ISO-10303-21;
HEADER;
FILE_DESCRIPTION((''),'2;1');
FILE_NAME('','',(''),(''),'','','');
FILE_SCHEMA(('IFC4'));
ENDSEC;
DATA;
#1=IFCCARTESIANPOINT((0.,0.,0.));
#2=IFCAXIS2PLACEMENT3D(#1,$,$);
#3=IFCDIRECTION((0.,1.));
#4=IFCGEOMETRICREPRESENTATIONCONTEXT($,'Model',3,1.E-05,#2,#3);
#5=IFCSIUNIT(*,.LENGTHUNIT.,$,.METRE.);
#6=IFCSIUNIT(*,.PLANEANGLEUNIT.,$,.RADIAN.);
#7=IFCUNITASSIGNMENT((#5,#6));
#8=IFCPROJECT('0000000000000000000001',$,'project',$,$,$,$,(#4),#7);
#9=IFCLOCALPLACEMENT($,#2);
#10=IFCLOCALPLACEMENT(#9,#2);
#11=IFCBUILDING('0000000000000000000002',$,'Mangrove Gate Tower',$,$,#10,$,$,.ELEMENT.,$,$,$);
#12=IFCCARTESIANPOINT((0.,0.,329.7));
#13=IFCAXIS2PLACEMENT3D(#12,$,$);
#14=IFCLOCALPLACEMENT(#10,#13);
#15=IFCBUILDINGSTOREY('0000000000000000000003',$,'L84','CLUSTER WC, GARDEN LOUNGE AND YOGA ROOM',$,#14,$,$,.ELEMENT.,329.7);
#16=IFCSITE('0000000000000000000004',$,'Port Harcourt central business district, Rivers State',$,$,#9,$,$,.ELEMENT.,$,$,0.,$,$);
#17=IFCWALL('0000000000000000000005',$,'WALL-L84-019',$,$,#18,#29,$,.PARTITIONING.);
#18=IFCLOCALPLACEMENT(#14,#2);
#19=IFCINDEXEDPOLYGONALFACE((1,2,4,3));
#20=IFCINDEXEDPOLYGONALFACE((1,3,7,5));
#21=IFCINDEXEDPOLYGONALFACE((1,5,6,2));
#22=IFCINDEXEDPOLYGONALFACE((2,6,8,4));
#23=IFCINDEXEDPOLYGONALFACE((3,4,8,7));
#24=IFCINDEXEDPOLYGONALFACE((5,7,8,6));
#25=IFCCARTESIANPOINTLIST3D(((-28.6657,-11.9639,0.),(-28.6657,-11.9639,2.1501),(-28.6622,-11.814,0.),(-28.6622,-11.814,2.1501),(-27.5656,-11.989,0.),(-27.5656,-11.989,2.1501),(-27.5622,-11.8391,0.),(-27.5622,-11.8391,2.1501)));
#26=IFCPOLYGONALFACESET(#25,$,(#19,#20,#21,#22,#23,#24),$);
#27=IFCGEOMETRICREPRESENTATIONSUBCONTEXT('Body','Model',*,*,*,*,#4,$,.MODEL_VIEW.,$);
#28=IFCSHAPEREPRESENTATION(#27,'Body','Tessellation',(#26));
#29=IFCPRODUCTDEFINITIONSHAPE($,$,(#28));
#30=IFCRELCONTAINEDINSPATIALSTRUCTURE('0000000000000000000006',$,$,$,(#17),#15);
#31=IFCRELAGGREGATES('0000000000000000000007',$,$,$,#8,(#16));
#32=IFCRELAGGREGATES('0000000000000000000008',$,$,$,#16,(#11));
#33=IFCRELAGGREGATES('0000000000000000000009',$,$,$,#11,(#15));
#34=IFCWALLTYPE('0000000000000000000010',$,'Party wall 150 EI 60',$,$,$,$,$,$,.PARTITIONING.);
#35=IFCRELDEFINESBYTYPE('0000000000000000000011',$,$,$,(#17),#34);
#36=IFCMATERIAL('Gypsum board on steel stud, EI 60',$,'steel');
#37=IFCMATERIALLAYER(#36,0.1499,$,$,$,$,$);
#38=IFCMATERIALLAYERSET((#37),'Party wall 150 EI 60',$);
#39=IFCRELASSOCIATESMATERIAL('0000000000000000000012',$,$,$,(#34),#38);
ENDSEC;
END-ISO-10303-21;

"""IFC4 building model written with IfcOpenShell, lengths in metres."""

from ifc_helpers import new_model, si_unit, direction, frame, frame_2d, origin, place, context, subcontext, project, spatial, rectangle, extrude, material, layer, layer_set, type_object, element, save


model = new_model("IFC4")

# Units and contexts
model_context = context("Model", 3, precision=1e-05, world=origin(), true_north=direction((0.0, 1.0)))
body_context = subcontext(model_context, "Body", "Model", "MODEL_VIEW")
ifc_project = project(units=[si_unit("LENGTHUNIT", "METRE"), si_unit("PLANEANGLEUNIT", "RADIAN")], contexts=[model_context])

# Site, building, storey
site_placement = place(None, origin())
site = spatial("IfcSite", under=ifc_project, at=site_placement, Name="Port Harcourt central business district, Rivers State", CompositionType="ELEMENT", RefElevation=0.0)
building_placement = place(site_placement, origin())
building = spatial("IfcBuilding", under=site, at=building_placement, Name="Mangrove Gate Tower", CompositionType="ELEMENT")
storey_placement = place(building_placement, frame((0.0, 0.0, 329.7)))
storey = spatial("IfcBuildingStorey", under=building, at=storey_placement, Name="L84", Description="CLUSTER WC, GARDEN LOUNGE AND YOGA ROOM", CompositionType="ELEMENT", Elevation=329.7)

# Wall
ifc_material_1 = material(Name="Gypsum board on steel stud, EI 60", Category="steel")
ifc_layer_1 = layer(ifc_material_1, 0.1499)
ifc_layer_set_1 = layer_set([ifc_layer_1], Name="Party wall 150 EI 60")
wall_type_1 = type_object("IfcWallType", Name="Party wall 150 EI 60", PredefinedType="PARTITIONING", material=ifc_layer_set_1)
wall_1_placement = place(storey_placement, frame((-28.6641, -11.8889, 0.0), z_axis=(0.0, 0.0, 1.0), x_axis=(0.999739, -0.022852, 0.0)))
element("IfcWall", 1, at=wall_1_placement, inside=storey, type_object=wall_type_1, Name="WALL-L84-019", PredefinedType="PARTITIONING", context=body_context, shape_type="SweptSolid", body=[
    extrude(rectangle(XDim=1.1003, YDim=0.1499, at=frame_2d((0.5503, 0.0))), origin(), (0.0, 0.0, 1.0), 2.1501),
])

save(model, "model.ifc")
